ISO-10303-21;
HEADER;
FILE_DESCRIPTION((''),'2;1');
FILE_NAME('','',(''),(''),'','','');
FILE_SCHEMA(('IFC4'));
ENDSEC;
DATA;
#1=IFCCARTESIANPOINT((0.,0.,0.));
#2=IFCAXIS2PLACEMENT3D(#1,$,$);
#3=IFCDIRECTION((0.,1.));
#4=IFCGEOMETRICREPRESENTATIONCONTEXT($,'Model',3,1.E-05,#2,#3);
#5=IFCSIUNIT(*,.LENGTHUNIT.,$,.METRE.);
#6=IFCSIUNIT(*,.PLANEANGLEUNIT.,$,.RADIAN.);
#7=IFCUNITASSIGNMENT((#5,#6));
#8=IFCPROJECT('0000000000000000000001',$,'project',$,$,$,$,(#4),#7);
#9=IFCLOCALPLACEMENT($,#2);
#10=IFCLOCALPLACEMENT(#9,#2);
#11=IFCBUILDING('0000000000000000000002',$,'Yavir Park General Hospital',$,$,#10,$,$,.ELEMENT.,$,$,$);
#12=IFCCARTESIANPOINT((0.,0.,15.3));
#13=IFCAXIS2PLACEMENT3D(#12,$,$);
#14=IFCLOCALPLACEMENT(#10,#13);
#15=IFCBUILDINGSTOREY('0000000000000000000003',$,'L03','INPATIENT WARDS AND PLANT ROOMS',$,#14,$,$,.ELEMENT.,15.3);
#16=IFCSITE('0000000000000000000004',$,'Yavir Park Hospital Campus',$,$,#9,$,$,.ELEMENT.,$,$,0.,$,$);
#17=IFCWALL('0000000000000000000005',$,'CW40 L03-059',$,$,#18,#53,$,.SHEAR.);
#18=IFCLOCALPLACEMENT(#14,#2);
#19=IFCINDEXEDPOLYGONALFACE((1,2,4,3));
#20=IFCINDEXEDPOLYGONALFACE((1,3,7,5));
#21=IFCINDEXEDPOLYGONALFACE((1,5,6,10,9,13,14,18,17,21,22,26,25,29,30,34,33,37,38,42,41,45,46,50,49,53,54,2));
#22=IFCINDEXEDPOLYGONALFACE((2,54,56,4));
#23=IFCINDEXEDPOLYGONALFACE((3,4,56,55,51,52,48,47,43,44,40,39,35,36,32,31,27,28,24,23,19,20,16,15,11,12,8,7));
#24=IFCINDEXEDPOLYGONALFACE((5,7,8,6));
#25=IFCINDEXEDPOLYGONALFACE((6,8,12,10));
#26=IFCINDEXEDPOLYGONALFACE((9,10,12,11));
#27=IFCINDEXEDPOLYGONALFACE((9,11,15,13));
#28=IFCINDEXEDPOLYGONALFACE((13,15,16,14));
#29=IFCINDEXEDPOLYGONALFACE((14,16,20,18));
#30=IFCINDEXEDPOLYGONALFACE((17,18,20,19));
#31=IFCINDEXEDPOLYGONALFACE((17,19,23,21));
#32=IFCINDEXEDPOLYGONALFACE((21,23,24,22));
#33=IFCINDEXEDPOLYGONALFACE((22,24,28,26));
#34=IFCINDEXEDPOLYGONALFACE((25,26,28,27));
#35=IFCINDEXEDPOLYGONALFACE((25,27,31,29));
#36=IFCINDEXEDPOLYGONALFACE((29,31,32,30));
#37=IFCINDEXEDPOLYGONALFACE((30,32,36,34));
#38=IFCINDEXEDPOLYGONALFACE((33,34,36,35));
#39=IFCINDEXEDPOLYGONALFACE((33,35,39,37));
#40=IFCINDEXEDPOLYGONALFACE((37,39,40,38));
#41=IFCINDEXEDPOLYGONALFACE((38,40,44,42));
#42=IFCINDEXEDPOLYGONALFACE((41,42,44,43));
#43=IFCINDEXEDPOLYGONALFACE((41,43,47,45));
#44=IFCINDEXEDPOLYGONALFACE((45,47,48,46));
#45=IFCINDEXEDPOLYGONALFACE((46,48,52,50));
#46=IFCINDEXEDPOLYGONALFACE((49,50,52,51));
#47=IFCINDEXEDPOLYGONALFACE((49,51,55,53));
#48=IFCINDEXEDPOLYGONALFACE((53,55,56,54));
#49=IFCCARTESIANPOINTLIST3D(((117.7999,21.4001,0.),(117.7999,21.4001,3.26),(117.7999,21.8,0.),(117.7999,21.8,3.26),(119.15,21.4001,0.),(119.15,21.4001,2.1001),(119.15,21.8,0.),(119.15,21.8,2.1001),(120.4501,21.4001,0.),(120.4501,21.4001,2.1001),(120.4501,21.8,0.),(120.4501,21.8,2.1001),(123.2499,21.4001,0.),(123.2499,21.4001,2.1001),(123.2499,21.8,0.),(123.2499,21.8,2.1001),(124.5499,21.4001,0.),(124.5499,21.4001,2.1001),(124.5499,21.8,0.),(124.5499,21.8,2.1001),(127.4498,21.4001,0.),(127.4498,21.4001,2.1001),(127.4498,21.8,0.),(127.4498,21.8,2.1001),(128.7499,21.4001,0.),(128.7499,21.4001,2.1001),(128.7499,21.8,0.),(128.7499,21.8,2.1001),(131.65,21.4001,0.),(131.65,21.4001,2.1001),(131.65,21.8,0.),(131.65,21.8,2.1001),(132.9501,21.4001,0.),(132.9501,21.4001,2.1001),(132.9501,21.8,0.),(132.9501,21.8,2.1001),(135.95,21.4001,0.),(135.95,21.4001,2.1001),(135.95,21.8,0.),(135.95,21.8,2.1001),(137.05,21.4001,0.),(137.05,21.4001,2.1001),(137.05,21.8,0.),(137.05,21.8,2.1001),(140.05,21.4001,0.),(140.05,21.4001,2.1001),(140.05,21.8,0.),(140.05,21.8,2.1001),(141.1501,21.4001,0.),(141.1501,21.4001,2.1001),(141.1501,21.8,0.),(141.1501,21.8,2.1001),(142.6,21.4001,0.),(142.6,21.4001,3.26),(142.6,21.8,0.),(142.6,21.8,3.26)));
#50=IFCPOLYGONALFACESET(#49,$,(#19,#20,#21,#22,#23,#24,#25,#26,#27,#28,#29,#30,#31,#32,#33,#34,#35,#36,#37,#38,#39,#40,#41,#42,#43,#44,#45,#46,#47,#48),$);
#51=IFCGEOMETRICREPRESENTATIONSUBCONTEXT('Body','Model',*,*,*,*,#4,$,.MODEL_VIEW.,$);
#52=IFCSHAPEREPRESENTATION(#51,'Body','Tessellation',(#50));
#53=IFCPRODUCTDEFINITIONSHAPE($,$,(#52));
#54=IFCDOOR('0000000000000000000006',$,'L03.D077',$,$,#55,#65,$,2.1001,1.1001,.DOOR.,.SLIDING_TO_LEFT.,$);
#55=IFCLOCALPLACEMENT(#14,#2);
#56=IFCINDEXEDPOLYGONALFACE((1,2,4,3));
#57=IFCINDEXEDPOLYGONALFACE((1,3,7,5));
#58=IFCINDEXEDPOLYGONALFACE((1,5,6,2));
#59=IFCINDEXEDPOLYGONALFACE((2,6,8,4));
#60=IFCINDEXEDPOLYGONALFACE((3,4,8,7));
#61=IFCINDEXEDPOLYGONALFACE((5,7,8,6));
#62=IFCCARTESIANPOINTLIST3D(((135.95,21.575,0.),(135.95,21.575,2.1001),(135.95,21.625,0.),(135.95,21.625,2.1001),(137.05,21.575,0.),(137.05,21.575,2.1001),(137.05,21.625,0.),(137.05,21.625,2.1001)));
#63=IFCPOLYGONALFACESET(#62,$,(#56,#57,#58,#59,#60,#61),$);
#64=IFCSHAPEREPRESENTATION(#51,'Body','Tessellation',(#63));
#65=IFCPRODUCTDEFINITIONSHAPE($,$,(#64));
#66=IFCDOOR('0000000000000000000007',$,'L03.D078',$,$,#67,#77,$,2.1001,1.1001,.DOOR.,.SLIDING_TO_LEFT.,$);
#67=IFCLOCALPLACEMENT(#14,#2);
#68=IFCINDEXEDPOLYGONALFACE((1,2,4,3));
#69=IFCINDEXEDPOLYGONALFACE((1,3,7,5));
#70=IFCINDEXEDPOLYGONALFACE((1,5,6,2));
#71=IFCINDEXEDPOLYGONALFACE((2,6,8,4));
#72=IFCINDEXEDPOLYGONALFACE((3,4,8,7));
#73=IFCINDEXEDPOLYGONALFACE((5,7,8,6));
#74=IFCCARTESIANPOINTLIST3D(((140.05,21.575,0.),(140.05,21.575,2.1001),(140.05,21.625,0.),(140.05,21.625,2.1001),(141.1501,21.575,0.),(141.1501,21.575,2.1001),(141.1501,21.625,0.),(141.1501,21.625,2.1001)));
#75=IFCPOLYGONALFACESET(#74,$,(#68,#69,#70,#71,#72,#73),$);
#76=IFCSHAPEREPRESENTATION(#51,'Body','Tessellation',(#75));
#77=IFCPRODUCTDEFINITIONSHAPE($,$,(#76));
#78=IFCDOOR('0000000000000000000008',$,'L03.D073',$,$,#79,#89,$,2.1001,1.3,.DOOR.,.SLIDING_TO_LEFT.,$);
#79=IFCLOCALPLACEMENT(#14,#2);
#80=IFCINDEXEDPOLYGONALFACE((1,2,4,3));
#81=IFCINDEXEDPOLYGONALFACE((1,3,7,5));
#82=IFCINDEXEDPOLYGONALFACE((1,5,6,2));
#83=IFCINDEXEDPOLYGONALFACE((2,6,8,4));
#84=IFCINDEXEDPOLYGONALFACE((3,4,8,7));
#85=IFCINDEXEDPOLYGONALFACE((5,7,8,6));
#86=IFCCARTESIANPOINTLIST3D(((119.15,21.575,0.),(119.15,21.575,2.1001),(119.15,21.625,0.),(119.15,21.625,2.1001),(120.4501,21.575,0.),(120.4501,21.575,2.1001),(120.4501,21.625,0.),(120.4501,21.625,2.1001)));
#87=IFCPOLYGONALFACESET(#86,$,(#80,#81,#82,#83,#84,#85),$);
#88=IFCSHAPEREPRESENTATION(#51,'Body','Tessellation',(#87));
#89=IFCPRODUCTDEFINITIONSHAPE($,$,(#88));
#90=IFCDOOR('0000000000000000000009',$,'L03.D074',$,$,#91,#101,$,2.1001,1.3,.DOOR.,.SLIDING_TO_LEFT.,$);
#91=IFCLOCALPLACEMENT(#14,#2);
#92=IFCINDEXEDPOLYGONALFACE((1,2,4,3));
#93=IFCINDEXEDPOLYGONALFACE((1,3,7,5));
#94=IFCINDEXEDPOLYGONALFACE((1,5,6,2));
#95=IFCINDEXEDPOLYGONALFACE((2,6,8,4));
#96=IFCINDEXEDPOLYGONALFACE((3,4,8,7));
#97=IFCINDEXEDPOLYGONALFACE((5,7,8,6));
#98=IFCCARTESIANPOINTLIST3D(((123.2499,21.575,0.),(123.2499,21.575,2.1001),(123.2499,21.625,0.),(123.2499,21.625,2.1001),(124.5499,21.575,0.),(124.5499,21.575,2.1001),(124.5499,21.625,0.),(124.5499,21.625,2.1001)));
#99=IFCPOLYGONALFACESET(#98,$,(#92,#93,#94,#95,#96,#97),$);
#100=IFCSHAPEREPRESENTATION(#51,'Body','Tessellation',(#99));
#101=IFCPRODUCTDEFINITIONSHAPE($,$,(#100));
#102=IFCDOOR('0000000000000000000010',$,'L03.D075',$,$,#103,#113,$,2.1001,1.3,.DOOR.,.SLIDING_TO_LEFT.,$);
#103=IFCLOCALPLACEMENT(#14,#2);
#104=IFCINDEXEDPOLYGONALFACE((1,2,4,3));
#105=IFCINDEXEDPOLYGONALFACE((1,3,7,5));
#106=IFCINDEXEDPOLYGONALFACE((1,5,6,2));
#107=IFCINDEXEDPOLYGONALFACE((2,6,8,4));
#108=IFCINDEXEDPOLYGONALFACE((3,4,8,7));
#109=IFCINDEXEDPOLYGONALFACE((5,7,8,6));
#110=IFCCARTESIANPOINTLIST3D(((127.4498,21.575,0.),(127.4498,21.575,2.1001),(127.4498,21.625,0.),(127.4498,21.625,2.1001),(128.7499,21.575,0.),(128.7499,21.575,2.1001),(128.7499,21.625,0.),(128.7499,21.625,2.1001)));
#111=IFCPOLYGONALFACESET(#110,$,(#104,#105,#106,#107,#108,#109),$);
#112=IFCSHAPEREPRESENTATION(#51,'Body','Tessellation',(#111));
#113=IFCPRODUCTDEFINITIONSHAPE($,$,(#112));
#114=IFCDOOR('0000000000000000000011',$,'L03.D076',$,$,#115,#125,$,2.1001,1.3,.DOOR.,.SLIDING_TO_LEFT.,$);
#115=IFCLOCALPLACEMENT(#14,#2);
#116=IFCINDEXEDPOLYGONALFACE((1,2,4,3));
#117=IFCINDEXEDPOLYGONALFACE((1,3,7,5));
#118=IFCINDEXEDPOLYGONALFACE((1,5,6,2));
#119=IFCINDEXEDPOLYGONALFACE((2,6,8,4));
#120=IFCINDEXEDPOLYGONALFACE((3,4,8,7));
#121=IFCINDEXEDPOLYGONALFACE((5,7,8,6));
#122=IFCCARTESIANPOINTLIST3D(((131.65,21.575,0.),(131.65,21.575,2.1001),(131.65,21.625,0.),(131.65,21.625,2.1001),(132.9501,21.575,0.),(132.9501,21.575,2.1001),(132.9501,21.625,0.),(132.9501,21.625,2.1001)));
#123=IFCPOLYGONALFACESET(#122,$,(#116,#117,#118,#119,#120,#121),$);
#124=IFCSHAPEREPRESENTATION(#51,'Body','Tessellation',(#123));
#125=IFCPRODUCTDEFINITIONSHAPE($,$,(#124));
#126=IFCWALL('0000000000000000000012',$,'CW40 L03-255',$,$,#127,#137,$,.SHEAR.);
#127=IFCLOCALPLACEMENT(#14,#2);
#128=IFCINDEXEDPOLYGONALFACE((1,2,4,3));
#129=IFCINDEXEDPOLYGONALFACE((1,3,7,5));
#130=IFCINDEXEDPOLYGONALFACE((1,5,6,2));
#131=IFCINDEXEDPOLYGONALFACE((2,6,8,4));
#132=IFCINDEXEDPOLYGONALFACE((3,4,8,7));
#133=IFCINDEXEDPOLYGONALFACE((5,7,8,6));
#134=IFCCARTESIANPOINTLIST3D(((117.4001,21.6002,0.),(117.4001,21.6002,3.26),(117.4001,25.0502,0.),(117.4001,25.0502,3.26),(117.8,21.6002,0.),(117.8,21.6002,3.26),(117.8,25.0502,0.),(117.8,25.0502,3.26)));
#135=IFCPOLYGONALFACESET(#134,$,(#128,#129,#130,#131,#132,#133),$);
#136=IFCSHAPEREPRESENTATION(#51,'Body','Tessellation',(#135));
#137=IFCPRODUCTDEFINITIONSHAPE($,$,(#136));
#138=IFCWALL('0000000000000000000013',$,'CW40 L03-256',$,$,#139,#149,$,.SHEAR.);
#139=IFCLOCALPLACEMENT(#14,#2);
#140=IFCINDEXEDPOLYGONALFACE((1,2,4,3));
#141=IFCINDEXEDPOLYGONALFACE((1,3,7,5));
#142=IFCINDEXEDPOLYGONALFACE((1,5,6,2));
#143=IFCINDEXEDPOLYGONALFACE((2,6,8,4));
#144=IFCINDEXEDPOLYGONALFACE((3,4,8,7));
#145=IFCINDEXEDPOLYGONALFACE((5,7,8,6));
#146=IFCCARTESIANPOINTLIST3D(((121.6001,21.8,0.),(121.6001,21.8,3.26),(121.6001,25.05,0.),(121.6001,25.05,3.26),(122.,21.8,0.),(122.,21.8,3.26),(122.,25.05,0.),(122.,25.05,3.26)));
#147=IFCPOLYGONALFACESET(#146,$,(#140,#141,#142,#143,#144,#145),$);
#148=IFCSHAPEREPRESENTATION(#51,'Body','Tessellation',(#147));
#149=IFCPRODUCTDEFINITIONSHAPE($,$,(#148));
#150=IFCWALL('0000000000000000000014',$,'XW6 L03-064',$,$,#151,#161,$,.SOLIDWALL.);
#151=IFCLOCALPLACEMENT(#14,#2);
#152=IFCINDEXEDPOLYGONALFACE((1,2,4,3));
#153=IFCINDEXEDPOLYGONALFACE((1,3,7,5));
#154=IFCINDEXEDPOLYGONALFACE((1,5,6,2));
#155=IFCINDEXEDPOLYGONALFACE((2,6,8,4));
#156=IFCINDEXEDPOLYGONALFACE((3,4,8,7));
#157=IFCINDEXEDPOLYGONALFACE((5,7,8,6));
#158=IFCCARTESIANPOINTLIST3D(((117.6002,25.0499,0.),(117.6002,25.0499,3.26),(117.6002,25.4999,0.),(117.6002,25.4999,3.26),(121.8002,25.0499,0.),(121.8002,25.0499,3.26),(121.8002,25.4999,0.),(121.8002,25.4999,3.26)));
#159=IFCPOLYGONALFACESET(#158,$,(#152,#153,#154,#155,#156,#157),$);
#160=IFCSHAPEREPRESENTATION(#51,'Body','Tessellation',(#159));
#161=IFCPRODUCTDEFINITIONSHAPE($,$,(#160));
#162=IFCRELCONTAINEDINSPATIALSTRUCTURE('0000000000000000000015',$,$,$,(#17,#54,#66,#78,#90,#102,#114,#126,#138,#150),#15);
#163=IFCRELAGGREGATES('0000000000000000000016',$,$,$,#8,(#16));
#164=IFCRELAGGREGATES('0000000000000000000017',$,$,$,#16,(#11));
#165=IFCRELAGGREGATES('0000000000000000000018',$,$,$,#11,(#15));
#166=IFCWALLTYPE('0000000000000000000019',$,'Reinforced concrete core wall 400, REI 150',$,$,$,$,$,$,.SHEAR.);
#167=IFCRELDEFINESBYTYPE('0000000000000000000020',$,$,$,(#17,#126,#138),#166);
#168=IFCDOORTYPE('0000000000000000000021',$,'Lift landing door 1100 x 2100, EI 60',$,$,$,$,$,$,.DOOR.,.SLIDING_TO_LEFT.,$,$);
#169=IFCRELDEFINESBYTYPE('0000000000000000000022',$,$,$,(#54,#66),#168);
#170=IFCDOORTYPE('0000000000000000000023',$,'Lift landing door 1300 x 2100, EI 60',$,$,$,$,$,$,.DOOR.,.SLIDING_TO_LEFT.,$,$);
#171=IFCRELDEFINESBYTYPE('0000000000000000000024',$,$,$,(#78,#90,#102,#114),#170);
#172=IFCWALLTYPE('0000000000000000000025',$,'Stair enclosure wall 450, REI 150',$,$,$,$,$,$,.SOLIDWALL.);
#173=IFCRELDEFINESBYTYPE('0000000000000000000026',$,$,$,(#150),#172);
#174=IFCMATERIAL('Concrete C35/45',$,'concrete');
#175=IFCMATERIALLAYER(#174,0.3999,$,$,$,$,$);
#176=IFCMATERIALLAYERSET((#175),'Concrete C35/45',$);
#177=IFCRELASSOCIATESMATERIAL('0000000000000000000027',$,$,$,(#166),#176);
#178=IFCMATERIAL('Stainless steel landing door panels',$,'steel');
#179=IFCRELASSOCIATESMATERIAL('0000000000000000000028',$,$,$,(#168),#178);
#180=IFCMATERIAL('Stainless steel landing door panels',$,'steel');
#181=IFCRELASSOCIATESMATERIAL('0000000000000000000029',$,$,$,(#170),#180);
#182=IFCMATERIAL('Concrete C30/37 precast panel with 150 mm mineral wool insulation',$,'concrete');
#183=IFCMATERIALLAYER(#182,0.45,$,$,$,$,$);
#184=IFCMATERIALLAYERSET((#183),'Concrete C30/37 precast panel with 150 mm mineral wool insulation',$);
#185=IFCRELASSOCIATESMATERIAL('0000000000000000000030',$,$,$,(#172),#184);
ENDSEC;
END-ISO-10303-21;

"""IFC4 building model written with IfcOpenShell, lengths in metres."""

from ifc_helpers import new_model, si_unit, direction, frame, frame_2d, origin, place, context, subcontext, project, spatial, rectangle, extrude, material, layer, layer_set, type_object, element, fill, save


model = new_model("IFC4")

# Units and contexts
model_context = context("Model", 3, precision=1e-05, world=origin(), true_north=direction((0.0, 1.0)))
body_context = subcontext(model_context, "Body", "Model", "MODEL_VIEW")
ifc_project = project(units=[si_unit("LENGTHUNIT", "METRE"), si_unit("PLANEANGLEUNIT", "RADIAN")], contexts=[model_context])

# Site, building, storey
site_placement = place(None, origin())
site = spatial("IfcSite", under=ifc_project, at=site_placement, Name="Yavir Park Hospital Campus", CompositionType="ELEMENT", RefElevation=0.0)
building_placement = place(site_placement, origin())
building = spatial("IfcBuilding", under=site, at=building_placement, Name="Yavir Park General Hospital", CompositionType="ELEMENT")
storey_placement = place(building_placement, frame((0.0, 0.0, 15.3)))
storey = spatial("IfcBuildingStorey", under=building, at=storey_placement, Name="L03", Description="INPATIENT WARDS AND PLANT ROOMS", CompositionType="ELEMENT", Elevation=15.3)

# Wall, openings, doors
ifc_material_1 = material(Name="Concrete C35/45", Category="concrete")
ifc_layer_1 = layer(ifc_material_1, 0.3999)
ifc_layer_set_1 = layer_set([ifc_layer_1], Name="Concrete C35/45")
wall_type_1 = type_object("IfcWallType", Name="Reinforced concrete core wall 400, REI 150", PredefinedType="SHEAR", material=ifc_layer_set_1)
wall_1_placement = place(storey_placement, frame((117.8, 21.6001, 0.0), z_axis=(0.0, 0.0, 1.0), x_axis=(1.0, 0.0, 0.0)))
wall_1 = element("IfcWall", 1, at=wall_1_placement, inside=storey, type_object=wall_type_1, Name="CW40 L03-059", PredefinedType="SHEAR", context=body_context, shape_type="SweptSolid", body=[
    extrude(rectangle(XDim=24.8, YDim=0.3999, at=frame_2d((12.3999, 0.0))), origin(), (0.0, 0.0, 1.0), 3.26),
])
opening_1_placement = place(wall_1_placement, frame((1.3501, 0.0, 0.0)))
opening_1 = element("IfcOpeningElement", 2, at=opening_1_placement, cuts=wall_1, PredefinedType="OPENING", context=body_context, shape_type="SweptSolid", body=[
    extrude(rectangle(XDim=1.3, YDim=2.1001, at=frame_2d((0.6499, 1.05))), frame((0.0, 0.21, 0.0), z_axis=(0.0, -1.0, 0.0), x_axis=(1.0, 0.0, 0.0)), (0.0, 0.0, 1.0), 0.4199),
])
opening_2_placement = place(wall_1_placement, frame((5.45, 0.0, 0.0)))
opening_2 = element("IfcOpeningElement", 3, at=opening_2_placement, cuts=wall_1, PredefinedType="OPENING", context=body_context, shape_type="SweptSolid", body=[
    extrude(rectangle(XDim=1.3, YDim=2.1001, at=frame_2d((0.6499, 1.05))), frame((0.0, 0.21, 0.0), z_axis=(0.0, -1.0, 0.0), x_axis=(1.0, 0.0, 0.0)), (0.0, 0.0, 1.0), 0.4199),
])
opening_3_placement = place(wall_1_placement, frame((9.6499, 0.0, 0.0)))
opening_3 = element("IfcOpeningElement", 4, at=opening_3_placement, cuts=wall_1, PredefinedType="OPENING", context=body_context, shape_type="SweptSolid", body=[
    extrude(rectangle(XDim=1.3, YDim=2.1001, at=frame_2d((0.6499, 1.05))), frame((0.0, 0.21, 0.0), z_axis=(0.0, -1.0, 0.0), x_axis=(1.0, 0.0, 0.0)), (0.0, 0.0, 1.0), 0.4199),
])
opening_4_placement = place(wall_1_placement, frame((13.8501, 0.0, 0.0)))
opening_4 = element("IfcOpeningElement", 5, at=opening_4_placement, cuts=wall_1, PredefinedType="OPENING", context=body_context, shape_type="SweptSolid", body=[
    extrude(rectangle(XDim=1.3, YDim=2.1001, at=frame_2d((0.6499, 1.05))), frame((0.0, 0.21, 0.0), z_axis=(0.0, -1.0, 0.0), x_axis=(1.0, 0.0, 0.0)), (0.0, 0.0, 1.0), 0.4199),
])
opening_5_placement = place(wall_1_placement, frame((18.1499, 0.0, 0.0)))
opening_5 = element("IfcOpeningElement", 6, at=opening_5_placement, cuts=wall_1, PredefinedType="OPENING", context=body_context, shape_type="SweptSolid", body=[
    extrude(rectangle(XDim=1.1001, YDim=2.1001, at=frame_2d((0.55, 1.05))), frame((0.0, 0.21, 0.0), z_axis=(0.0, -1.0, 0.0), x_axis=(1.0, 0.0, 0.0)), (0.0, 0.0, 1.0), 0.4199),
])
opening_6_placement = place(wall_1_placement, frame((22.25, 0.0, 0.0)))
opening_6 = element("IfcOpeningElement", 7, at=opening_6_placement, cuts=wall_1, PredefinedType="OPENING", context=body_context, shape_type="SweptSolid", body=[
    extrude(rectangle(XDim=1.1001, YDim=2.1001, at=frame_2d((0.55, 1.05))), frame((0.0, 0.21, 0.0), z_axis=(0.0, -1.0, 0.0), x_axis=(1.0, 0.0, 0.0)), (0.0, 0.0, 1.0), 0.4199),
])
ifc_material_2 = material(Name="Stainless steel landing door panels", Category="steel")
door_type_1 = type_object("IfcDoorType", Name="Lift landing door 1100 x 2100, EI 60", OperationType="SLIDING_TO_LEFT", PredefinedType="DOOR", material=ifc_material_2)
door_1_placement = place(opening_5_placement, origin())
door_1 = element("IfcDoor", 8, at=door_1_placement, inside=storey, type_object=door_type_1, Name="L03.D077", OperationType="SLIDING_TO_LEFT", OverallHeight=2.1001, OverallWidth=1.1001, PredefinedType="DOOR", context=body_context, shape_type="SweptSolid", body=[
    extrude(rectangle(XDim=1.1001, YDim=2.1001, at=frame_2d((0.55, 1.05))), frame((0.0, 0.0249, 0.0), z_axis=(0.0, -1.0, 0.0), x_axis=(1.0, 0.0, 0.0)), (0.0, 0.0, 1.0), 0.05),
])
fill(opening_5, door_1)
door_2_placement = place(opening_6_placement, origin())
door_2 = element("IfcDoor", 9, at=door_2_placement, inside=storey, type_object=door_type_1, Name="L03.D078", OperationType="SLIDING_TO_LEFT", OverallHeight=2.1001, OverallWidth=1.1001, PredefinedType="DOOR", context=body_context, shape_type="SweptSolid", body=[
    extrude(rectangle(XDim=1.1001, YDim=2.1001, at=frame_2d((0.55, 1.05))), frame((0.0, 0.0249, 0.0), z_axis=(0.0, -1.0, 0.0), x_axis=(1.0, 0.0, 0.0)), (0.0, 0.0, 1.0), 0.05),
])
fill(opening_6, door_2)
ifc_material_3 = material(Name="Stainless steel landing door panels", Category="steel")
door_type_2 = type_object("IfcDoorType", Name="Lift landing door 1300 x 2100, EI 60", OperationType="SLIDING_TO_LEFT", PredefinedType="DOOR", material=ifc_material_3)
door_3_placement = place(opening_1_placement, origin())
door_3 = element("IfcDoor", 10, at=door_3_placement, inside=storey, type_object=door_type_2, Name="L03.D073", OperationType="SLIDING_TO_LEFT", OverallHeight=2.1001, OverallWidth=1.3, PredefinedType="DOOR", context=body_context, shape_type="SweptSolid", body=[
    extrude(rectangle(XDim=1.3, YDim=2.1001, at=frame_2d((0.6499, 1.05))), frame((0.0, 0.0249, 0.0), z_axis=(0.0, -1.0, 0.0), x_axis=(1.0, 0.0, 0.0)), (0.0, 0.0, 1.0), 0.05),
])
fill(opening_1, door_3)
door_4_placement = place(opening_2_placement, origin())
door_4 = element("IfcDoor", 11, at=door_4_placement, inside=storey, type_object=door_type_2, Name="L03.D074", OperationType="SLIDING_TO_LEFT", OverallHeight=2.1001, OverallWidth=1.3, PredefinedType="DOOR", context=body_context, shape_type="SweptSolid", body=[
    extrude(rectangle(XDim=1.3, YDim=2.1001, at=frame_2d((0.6499, 1.05))), frame((0.0, 0.0249, 0.0), z_axis=(0.0, -1.0, 0.0), x_axis=(1.0, 0.0, 0.0)), (0.0, 0.0, 1.0), 0.05),
])
fill(opening_2, door_4)
door_5_placement = place(opening_3_placement, origin())
door_5 = element("IfcDoor", 12, at=door_5_placement, inside=storey, type_object=door_type_2, Name="L03.D075", OperationType="SLIDING_TO_LEFT", OverallHeight=2.1001, OverallWidth=1.3, PredefinedType="DOOR", context=body_context, shape_type="SweptSolid", body=[
    extrude(rectangle(XDim=1.3, YDim=2.1001, at=frame_2d((0.6499, 1.05))), frame((0.0, 0.0249, 0.0), z_axis=(0.0, -1.0, 0.0), x_axis=(1.0, 0.0, 0.0)), (0.0, 0.0, 1.0), 0.05),
])
fill(opening_3, door_5)
door_6_placement = place(opening_4_placement, origin())
door_6 = element("IfcDoor", 13, at=door_6_placement, inside=storey, type_object=door_type_2, Name="L03.D076", OperationType="SLIDING_TO_LEFT", OverallHeight=2.1001, OverallWidth=1.3, PredefinedType="DOOR", context=body_context, shape_type="SweptSolid", body=[
    extrude(rectangle(XDim=1.3, YDim=2.1001, at=frame_2d((0.6499, 1.05))), frame((0.0, 0.0249, 0.0), z_axis=(0.0, -1.0, 0.0), x_axis=(1.0, 0.0, 0.0)), (0.0, 0.0, 1.0), 0.05),
])
fill(opening_4, door_6)

# Walls
wall_2_placement = place(storey_placement, frame((117.6001, 21.6001, 0.0), z_axis=(0.0, 0.0, 1.0), x_axis=(0.0, 1.0, 0.0)))
element("IfcWall", 14, at=wall_2_placement, inside=storey, type_object=wall_type_1, Name="CW40 L03-255", PredefinedType="SHEAR", context=body_context, shape_type="SweptSolid", body=[
    extrude(rectangle(XDim=3.45, YDim=0.3999, at=frame_2d((1.7251, 0.0))), origin(), (0.0, 0.0, 1.0), 3.26),
])
wall_3_placement = place(storey_placement, frame((121.8, 21.8, 0.0), z_axis=(0.0, 0.0, 1.0), x_axis=(0.0, 1.0, 0.0)))
element("IfcWall", 15, at=wall_3_placement, inside=storey, type_object=wall_type_1, Name="CW40 L03-256", PredefinedType="SHEAR", context=body_context, shape_type="SweptSolid", body=[
    extrude(rectangle(XDim=3.25, YDim=0.3999, at=frame_2d((1.625, 0.0))), origin(), (0.0, 0.0, 1.0), 3.26),
])
ifc_material_4 = material(Name="Concrete C30/37 precast panel with 150 mm mineral wool insulation", Category="concrete")
ifc_layer_2 = layer(ifc_material_4, 0.45)
ifc_layer_set_2 = layer_set([ifc_layer_2], Name="Concrete C30/37 precast panel with 150 mm mineral wool insulation")
wall_type_2 = type_object("IfcWallType", Name="Stair enclosure wall 450, REI 150", PredefinedType="SOLIDWALL", material=ifc_layer_set_2)
for number, where, z_axis, x_axis, name in (
    (16, (117.6001, 25.2749, 0.0), (0.0, 0.0, 1.0), (1.0, 0.0, 0.0), "XW6 L03-064"),
):
    element("IfcWall", number, at=place(storey_placement, frame(where, z_axis=z_axis, x_axis=x_axis)), inside=storey, type_object=wall_type_2, Name=name, PredefinedType="SOLIDWALL", context=body_context, shape_type="SweptSolid", body=[
        extrude(rectangle(XDim=4.2, YDim=0.45, at=frame_2d((2.1001, 0.0))), origin(), (0.0, 0.0, 1.0), 3.26),
    ])

save(model, "model.ifc")
